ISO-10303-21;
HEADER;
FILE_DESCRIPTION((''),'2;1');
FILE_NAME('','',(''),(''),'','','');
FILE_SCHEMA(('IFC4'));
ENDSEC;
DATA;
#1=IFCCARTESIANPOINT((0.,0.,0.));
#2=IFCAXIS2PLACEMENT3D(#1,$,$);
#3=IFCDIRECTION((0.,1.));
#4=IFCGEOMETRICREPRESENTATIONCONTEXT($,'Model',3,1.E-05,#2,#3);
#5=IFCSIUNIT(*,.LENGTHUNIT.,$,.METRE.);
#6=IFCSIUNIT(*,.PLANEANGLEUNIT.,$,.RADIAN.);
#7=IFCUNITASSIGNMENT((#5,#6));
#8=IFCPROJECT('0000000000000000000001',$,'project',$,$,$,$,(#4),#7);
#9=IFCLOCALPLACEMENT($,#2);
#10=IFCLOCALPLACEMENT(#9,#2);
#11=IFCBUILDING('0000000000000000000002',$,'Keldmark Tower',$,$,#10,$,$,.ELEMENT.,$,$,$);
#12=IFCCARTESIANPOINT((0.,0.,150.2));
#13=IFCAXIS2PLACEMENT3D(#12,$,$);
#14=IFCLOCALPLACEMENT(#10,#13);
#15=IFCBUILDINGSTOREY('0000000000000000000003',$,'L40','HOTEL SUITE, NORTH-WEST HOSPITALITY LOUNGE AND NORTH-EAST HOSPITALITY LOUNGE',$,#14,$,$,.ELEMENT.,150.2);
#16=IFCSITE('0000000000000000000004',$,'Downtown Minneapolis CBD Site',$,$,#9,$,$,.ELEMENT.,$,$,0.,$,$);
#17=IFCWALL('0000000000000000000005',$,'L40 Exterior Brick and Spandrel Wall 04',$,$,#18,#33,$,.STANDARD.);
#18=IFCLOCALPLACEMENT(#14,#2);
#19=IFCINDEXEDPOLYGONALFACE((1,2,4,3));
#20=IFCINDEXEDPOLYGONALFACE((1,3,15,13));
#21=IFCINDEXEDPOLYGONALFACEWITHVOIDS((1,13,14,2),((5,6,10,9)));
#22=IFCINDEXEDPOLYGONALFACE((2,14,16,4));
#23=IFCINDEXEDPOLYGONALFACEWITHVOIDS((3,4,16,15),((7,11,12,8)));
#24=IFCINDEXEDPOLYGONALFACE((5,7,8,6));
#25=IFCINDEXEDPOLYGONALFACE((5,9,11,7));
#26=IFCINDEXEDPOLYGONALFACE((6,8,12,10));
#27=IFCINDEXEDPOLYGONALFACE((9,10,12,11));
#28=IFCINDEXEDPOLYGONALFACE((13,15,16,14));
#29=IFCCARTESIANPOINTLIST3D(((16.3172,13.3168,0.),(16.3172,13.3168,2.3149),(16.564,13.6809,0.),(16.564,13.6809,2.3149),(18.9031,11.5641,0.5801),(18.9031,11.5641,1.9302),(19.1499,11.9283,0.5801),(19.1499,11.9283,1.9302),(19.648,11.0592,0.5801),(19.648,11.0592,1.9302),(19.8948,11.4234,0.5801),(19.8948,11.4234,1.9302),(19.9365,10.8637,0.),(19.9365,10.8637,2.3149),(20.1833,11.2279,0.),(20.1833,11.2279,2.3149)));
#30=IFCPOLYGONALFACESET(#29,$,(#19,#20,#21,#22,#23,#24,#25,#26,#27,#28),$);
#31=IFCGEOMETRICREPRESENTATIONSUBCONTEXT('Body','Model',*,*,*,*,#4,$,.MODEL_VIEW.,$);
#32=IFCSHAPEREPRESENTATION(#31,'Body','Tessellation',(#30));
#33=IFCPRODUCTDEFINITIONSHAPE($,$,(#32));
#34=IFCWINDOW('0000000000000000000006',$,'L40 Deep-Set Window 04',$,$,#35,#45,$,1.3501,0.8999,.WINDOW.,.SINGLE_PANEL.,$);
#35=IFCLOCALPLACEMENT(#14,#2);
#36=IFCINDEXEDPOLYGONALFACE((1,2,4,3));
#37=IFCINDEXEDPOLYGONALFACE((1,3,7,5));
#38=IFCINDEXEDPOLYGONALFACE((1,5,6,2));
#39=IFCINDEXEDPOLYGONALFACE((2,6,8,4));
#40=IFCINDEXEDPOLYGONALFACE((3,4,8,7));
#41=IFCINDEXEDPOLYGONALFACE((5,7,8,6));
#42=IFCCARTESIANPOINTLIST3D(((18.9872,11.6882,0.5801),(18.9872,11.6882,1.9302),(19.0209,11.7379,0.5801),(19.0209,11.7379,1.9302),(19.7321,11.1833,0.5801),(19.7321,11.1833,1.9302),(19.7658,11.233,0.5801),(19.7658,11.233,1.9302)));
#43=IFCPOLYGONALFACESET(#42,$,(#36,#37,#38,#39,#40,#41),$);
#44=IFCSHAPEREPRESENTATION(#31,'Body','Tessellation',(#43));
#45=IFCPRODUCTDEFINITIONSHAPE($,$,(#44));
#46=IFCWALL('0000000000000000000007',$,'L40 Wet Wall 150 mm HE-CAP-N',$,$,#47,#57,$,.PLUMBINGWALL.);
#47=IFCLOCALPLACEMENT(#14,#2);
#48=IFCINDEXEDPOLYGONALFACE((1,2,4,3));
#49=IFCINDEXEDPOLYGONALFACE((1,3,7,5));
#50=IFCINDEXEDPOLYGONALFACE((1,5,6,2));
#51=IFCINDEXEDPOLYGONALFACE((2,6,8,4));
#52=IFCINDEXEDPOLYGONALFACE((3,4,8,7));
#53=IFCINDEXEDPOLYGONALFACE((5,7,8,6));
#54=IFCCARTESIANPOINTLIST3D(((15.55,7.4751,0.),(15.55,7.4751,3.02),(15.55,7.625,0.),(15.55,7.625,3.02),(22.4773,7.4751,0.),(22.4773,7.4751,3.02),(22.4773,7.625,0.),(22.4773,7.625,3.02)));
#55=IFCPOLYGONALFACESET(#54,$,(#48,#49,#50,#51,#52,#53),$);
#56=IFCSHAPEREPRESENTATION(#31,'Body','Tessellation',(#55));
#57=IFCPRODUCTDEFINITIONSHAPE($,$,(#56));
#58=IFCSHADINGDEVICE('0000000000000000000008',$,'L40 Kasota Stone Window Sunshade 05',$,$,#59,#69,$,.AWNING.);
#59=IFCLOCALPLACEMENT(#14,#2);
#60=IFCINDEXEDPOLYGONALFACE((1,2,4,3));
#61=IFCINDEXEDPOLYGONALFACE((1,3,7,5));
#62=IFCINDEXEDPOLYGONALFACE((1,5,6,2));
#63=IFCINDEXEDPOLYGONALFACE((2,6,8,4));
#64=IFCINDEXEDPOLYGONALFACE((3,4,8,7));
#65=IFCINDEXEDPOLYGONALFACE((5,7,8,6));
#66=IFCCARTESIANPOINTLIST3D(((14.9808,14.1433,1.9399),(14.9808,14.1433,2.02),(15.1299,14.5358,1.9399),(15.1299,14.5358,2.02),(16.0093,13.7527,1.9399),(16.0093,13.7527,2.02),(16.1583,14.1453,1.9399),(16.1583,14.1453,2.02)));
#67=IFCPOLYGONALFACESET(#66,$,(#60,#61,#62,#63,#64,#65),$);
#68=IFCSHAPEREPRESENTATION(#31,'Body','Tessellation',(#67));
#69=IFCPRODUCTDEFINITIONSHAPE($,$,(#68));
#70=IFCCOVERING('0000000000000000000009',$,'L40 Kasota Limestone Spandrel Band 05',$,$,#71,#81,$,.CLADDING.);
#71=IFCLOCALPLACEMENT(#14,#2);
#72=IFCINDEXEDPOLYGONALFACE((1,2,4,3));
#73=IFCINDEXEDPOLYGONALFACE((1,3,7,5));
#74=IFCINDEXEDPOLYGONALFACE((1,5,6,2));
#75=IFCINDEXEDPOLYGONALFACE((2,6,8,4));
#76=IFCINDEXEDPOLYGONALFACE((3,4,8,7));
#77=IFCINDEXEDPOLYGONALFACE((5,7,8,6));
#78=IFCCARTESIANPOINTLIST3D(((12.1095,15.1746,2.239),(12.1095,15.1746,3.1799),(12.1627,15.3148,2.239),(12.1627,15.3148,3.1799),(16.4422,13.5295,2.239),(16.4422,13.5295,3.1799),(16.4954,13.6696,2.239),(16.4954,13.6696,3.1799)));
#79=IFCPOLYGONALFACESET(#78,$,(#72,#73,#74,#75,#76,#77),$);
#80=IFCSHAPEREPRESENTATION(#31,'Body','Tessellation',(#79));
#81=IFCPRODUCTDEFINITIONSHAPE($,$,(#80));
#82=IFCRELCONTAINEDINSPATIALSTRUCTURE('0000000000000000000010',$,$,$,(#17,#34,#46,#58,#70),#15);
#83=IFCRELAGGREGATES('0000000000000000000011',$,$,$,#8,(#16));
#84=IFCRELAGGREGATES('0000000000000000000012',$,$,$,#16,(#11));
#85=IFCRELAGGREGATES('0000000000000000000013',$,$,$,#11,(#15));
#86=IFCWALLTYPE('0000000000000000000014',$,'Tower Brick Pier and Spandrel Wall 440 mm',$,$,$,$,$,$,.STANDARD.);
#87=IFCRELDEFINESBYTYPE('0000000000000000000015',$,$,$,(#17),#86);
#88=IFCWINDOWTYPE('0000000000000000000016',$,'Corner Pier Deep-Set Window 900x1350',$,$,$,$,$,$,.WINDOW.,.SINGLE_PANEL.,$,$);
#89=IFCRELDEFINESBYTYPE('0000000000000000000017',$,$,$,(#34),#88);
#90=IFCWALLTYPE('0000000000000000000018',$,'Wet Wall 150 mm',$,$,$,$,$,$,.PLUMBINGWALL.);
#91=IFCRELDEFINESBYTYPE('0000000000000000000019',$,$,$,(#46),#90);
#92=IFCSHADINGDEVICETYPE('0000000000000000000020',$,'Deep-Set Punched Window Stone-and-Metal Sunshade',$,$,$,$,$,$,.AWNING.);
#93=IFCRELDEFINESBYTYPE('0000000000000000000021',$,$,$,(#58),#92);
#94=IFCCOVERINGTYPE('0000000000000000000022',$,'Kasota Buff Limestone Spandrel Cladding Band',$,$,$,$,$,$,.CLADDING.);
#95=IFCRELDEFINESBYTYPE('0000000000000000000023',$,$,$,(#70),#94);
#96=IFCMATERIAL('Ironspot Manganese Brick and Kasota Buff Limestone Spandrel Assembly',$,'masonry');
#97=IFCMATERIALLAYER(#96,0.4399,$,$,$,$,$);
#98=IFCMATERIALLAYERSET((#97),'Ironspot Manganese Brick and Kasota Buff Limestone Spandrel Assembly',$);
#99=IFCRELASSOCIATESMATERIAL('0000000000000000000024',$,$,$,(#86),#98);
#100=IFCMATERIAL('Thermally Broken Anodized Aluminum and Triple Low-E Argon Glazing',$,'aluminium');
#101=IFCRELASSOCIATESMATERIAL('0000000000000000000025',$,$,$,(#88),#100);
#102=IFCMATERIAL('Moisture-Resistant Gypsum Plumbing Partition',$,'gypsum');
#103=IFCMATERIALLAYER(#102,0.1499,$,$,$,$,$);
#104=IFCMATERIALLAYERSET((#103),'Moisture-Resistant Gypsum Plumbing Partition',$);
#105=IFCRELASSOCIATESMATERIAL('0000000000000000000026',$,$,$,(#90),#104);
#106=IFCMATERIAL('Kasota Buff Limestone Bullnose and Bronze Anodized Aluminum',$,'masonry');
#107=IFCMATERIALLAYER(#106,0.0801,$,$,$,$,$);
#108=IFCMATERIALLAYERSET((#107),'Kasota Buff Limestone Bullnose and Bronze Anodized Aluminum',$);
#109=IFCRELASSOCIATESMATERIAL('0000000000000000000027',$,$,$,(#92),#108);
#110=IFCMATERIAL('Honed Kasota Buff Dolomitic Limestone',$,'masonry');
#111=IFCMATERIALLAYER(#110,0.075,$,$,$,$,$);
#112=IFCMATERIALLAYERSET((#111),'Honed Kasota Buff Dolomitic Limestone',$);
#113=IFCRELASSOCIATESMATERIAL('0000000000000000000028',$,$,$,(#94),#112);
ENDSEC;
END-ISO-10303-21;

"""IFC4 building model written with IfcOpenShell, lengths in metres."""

from ifc_helpers import new_model, si_unit, direction, frame, frame_2d, origin, origin_2d, place, context, subcontext, project, spatial, rectangle, extrude, material, layer, layer_set, type_object, element, fill, save


model = new_model("IFC4")

# Units and contexts
model_context = context("Model", 3, precision=1e-05, world=origin(), true_north=direction((0.0, 1.0)))
body_context = subcontext(model_context, "Body", "Model", "MODEL_VIEW")
ifc_project = project(units=[si_unit("LENGTHUNIT", "METRE"), si_unit("PLANEANGLEUNIT", "RADIAN")], contexts=[model_context])

# Site, building, storey
site_placement = place(None, origin())
site = spatial("IfcSite", under=ifc_project, at=site_placement, Name="Downtown Minneapolis CBD Site", CompositionType="ELEMENT", RefElevation=0.0)
building_placement = place(site_placement, origin())
building = spatial("IfcBuilding", under=site, at=building_placement, Name="Keldmark Tower", CompositionType="ELEMENT")
storey_placement = place(building_placement, frame((0.0, 0.0, 150.2)))
storey = spatial("IfcBuildingStorey", under=building, at=storey_placement, Name="L40", Description="HOTEL SUITE, NORTH-WEST HOSPITALITY LOUNGE AND NORTH-EAST HOSPITALITY LOUNGE", CompositionType="ELEMENT", Elevation=150.2)

# Shared definitions
ifc_material_1 = material(Name="Ironspot Manganese Brick and Kasota Buff Limestone Spandrel Assembly", Category="masonry")
ifc_layer_1 = layer(ifc_material_1, 0.4399)
ifc_layer_set_1 = layer_set([ifc_layer_1], Name="Ironspot Manganese Brick and Kasota Buff Limestone Spandrel Assembly")
wall_type_1 = type_object("IfcWallType", Name="Tower Brick Pier and Spandrel Wall 440 mm", PredefinedType="STANDARD", material=ifc_layer_set_1)

# Wall, opening, window
ifc_material_2 = material(Name="Thermally Broken Anodized Aluminum and Triple Low-E Argon Glazing", Category="aluminium")
window_type = type_object("IfcWindowType", Name="Corner Pier Deep-Set Window 900x1350", PartitioningType="SINGLE_PANEL", PredefinedType="WINDOW", material=ifc_material_2)
wall_1_placement = place(storey_placement, frame((16.4407, 13.4988, 0.0), z_axis=(0.0, 0.0, 1.0), x_axis=(0.827782, -0.561049, 0.0)))
wall_1 = element("IfcWall", 1, at=wall_1_placement, inside=storey, type_object=wall_type_1, Name="L40 Exterior Brick and Spandrel Wall 04", PredefinedType="STANDARD", context=body_context, shape_type="SweptSolid", body=[
    extrude(rectangle(XDim=4.3723, YDim=0.4399, at=frame_2d((2.186, 0.0))), origin(), (0.0, 0.0, 1.0), 2.3149),
])
opening_1_placement = place(wall_1_placement, frame((3.1238, 0.0, 0.5801)))
opening_1 = element("IfcOpeningElement", 2, at=opening_1_placement, cuts=wall_1, PredefinedType="OPENING", context=body_context, shape_type="SweptSolid", body=[
    extrude(rectangle(XDim=0.8999, YDim=1.3501, at=frame_2d((0.45, 0.675))), frame((0.0, 0.23, 0.0), z_axis=(0.0, -1.0, 0.0), x_axis=(1.0, 0.0, 0.0)), (0.0, 0.0, 1.0), 0.46),
])
window_1_placement = place(opening_1_placement, origin())
window_1 = element("IfcWindow", 3, at=window_1_placement, inside=storey, type_object=window_type, Name="L40 Deep-Set Window 04", OverallHeight=1.3501, OverallWidth=0.8999, PartitioningType="SINGLE_PANEL", PredefinedType="WINDOW", context=body_context, shape_type="SweptSolid", body=[
    extrude(rectangle(XDim=0.8999, YDim=1.3501, at=frame_2d((0.45, 0.675))), frame((0.0, -0.01, 0.0), z_axis=(0.0, -1.0, 0.0), x_axis=(1.0, 0.0, 0.0)), (0.0, 0.0, 1.0), 0.0601),
])
fill(opening_1, window_1)

# Wall
ifc_material_3 = material(Name="Moisture-Resistant Gypsum Plumbing Partition", Category="gypsum")
ifc_layer_2 = layer(ifc_material_3, 0.1499)
ifc_layer_set_2 = layer_set([ifc_layer_2], Name="Moisture-Resistant Gypsum Plumbing Partition")
wall_type_2 = type_object("IfcWallType", Name="Wet Wall 150 mm", PredefinedType="PLUMBINGWALL", material=ifc_layer_set_2)
wall_2_placement = place(storey_placement, frame((15.55, 7.55, 0.0), z_axis=(0.0, 0.0, 1.0), x_axis=(1.0, 0.0, 0.0)))
element("IfcWall", 4, at=wall_2_placement, inside=storey, type_object=wall_type_2, Name="L40 Wet Wall 150 mm HE-CAP-N", PredefinedType="PLUMBINGWALL", context=body_context, shape_type="SweptSolid", body=[
    extrude(rectangle(XDim=6.9272, YDim=0.1499, at=frame_2d((3.4636, 0.0))), origin(), (0.0, 0.0, 1.0), 3.02),
])

# Shading device
ifc_material_4 = material(Name="Kasota Buff Limestone Bullnose and Bronze Anodized Aluminum", Category="masonry")
ifc_layer_3 = layer(ifc_material_4, 0.0801)
ifc_layer_set_3 = layer_set([ifc_layer_3], Name="Kasota Buff Limestone Bullnose and Bronze Anodized Aluminum")
shading_device_type = type_object("IfcShadingDeviceType", Name="Deep-Set Punched Window Stone-and-Metal Sunshade", PredefinedType="AWNING", material=ifc_layer_set_3)
shading_device_placement = place(storey_placement, frame((15.5696, 14.1443, 1.9399), z_axis=(0.0, 0.0, 1.0), x_axis=(0.934875, -0.354976, 0.0)))
element("IfcShadingDevice", 5, at=shading_device_placement, inside=storey, type_object=shading_device_type, Name="L40 Kasota Stone Window Sunshade 05", PredefinedType="AWNING", context=body_context, shape_type="SweptSolid", body=[
    extrude(rectangle(XDim=1.1001, YDim=0.4199, at=origin_2d()), origin(), (0.0, 0.0, 1.0), 0.0801),
])

# Covering
ifc_material_5 = material(Name="Honed Kasota Buff Dolomitic Limestone", Category="masonry")
ifc_layer_4 = layer(ifc_material_5, 0.075)
ifc_layer_set_4 = layer_set([ifc_layer_4], Name="Honed Kasota Buff Dolomitic Limestone")
covering_type = type_object("IfcCoveringType", Name="Kasota Buff Limestone Spandrel Cladding Band", PredefinedType="CLADDING", material=ifc_layer_set_4)
covering_placement = place(storey_placement, frame((14.3025, 14.4221, 2.239), z_axis=(0.0, 0.0, 1.0), x_axis=(-0.934875, 0.354976, 0.0)))
element("IfcCovering", 6, at=covering_placement, inside=storey, type_object=covering_type, Name="L40 Kasota Limestone Spandrel Band 05", PredefinedType="CLADDING", context=body_context, shape_type="SweptSolid", body=[
    extrude(rectangle(XDim=4.6345, YDim=0.1499, at=origin_2d()), origin(), (0.0, 0.0, 1.0), 0.9409),
])

save(model, "model.ifc")
